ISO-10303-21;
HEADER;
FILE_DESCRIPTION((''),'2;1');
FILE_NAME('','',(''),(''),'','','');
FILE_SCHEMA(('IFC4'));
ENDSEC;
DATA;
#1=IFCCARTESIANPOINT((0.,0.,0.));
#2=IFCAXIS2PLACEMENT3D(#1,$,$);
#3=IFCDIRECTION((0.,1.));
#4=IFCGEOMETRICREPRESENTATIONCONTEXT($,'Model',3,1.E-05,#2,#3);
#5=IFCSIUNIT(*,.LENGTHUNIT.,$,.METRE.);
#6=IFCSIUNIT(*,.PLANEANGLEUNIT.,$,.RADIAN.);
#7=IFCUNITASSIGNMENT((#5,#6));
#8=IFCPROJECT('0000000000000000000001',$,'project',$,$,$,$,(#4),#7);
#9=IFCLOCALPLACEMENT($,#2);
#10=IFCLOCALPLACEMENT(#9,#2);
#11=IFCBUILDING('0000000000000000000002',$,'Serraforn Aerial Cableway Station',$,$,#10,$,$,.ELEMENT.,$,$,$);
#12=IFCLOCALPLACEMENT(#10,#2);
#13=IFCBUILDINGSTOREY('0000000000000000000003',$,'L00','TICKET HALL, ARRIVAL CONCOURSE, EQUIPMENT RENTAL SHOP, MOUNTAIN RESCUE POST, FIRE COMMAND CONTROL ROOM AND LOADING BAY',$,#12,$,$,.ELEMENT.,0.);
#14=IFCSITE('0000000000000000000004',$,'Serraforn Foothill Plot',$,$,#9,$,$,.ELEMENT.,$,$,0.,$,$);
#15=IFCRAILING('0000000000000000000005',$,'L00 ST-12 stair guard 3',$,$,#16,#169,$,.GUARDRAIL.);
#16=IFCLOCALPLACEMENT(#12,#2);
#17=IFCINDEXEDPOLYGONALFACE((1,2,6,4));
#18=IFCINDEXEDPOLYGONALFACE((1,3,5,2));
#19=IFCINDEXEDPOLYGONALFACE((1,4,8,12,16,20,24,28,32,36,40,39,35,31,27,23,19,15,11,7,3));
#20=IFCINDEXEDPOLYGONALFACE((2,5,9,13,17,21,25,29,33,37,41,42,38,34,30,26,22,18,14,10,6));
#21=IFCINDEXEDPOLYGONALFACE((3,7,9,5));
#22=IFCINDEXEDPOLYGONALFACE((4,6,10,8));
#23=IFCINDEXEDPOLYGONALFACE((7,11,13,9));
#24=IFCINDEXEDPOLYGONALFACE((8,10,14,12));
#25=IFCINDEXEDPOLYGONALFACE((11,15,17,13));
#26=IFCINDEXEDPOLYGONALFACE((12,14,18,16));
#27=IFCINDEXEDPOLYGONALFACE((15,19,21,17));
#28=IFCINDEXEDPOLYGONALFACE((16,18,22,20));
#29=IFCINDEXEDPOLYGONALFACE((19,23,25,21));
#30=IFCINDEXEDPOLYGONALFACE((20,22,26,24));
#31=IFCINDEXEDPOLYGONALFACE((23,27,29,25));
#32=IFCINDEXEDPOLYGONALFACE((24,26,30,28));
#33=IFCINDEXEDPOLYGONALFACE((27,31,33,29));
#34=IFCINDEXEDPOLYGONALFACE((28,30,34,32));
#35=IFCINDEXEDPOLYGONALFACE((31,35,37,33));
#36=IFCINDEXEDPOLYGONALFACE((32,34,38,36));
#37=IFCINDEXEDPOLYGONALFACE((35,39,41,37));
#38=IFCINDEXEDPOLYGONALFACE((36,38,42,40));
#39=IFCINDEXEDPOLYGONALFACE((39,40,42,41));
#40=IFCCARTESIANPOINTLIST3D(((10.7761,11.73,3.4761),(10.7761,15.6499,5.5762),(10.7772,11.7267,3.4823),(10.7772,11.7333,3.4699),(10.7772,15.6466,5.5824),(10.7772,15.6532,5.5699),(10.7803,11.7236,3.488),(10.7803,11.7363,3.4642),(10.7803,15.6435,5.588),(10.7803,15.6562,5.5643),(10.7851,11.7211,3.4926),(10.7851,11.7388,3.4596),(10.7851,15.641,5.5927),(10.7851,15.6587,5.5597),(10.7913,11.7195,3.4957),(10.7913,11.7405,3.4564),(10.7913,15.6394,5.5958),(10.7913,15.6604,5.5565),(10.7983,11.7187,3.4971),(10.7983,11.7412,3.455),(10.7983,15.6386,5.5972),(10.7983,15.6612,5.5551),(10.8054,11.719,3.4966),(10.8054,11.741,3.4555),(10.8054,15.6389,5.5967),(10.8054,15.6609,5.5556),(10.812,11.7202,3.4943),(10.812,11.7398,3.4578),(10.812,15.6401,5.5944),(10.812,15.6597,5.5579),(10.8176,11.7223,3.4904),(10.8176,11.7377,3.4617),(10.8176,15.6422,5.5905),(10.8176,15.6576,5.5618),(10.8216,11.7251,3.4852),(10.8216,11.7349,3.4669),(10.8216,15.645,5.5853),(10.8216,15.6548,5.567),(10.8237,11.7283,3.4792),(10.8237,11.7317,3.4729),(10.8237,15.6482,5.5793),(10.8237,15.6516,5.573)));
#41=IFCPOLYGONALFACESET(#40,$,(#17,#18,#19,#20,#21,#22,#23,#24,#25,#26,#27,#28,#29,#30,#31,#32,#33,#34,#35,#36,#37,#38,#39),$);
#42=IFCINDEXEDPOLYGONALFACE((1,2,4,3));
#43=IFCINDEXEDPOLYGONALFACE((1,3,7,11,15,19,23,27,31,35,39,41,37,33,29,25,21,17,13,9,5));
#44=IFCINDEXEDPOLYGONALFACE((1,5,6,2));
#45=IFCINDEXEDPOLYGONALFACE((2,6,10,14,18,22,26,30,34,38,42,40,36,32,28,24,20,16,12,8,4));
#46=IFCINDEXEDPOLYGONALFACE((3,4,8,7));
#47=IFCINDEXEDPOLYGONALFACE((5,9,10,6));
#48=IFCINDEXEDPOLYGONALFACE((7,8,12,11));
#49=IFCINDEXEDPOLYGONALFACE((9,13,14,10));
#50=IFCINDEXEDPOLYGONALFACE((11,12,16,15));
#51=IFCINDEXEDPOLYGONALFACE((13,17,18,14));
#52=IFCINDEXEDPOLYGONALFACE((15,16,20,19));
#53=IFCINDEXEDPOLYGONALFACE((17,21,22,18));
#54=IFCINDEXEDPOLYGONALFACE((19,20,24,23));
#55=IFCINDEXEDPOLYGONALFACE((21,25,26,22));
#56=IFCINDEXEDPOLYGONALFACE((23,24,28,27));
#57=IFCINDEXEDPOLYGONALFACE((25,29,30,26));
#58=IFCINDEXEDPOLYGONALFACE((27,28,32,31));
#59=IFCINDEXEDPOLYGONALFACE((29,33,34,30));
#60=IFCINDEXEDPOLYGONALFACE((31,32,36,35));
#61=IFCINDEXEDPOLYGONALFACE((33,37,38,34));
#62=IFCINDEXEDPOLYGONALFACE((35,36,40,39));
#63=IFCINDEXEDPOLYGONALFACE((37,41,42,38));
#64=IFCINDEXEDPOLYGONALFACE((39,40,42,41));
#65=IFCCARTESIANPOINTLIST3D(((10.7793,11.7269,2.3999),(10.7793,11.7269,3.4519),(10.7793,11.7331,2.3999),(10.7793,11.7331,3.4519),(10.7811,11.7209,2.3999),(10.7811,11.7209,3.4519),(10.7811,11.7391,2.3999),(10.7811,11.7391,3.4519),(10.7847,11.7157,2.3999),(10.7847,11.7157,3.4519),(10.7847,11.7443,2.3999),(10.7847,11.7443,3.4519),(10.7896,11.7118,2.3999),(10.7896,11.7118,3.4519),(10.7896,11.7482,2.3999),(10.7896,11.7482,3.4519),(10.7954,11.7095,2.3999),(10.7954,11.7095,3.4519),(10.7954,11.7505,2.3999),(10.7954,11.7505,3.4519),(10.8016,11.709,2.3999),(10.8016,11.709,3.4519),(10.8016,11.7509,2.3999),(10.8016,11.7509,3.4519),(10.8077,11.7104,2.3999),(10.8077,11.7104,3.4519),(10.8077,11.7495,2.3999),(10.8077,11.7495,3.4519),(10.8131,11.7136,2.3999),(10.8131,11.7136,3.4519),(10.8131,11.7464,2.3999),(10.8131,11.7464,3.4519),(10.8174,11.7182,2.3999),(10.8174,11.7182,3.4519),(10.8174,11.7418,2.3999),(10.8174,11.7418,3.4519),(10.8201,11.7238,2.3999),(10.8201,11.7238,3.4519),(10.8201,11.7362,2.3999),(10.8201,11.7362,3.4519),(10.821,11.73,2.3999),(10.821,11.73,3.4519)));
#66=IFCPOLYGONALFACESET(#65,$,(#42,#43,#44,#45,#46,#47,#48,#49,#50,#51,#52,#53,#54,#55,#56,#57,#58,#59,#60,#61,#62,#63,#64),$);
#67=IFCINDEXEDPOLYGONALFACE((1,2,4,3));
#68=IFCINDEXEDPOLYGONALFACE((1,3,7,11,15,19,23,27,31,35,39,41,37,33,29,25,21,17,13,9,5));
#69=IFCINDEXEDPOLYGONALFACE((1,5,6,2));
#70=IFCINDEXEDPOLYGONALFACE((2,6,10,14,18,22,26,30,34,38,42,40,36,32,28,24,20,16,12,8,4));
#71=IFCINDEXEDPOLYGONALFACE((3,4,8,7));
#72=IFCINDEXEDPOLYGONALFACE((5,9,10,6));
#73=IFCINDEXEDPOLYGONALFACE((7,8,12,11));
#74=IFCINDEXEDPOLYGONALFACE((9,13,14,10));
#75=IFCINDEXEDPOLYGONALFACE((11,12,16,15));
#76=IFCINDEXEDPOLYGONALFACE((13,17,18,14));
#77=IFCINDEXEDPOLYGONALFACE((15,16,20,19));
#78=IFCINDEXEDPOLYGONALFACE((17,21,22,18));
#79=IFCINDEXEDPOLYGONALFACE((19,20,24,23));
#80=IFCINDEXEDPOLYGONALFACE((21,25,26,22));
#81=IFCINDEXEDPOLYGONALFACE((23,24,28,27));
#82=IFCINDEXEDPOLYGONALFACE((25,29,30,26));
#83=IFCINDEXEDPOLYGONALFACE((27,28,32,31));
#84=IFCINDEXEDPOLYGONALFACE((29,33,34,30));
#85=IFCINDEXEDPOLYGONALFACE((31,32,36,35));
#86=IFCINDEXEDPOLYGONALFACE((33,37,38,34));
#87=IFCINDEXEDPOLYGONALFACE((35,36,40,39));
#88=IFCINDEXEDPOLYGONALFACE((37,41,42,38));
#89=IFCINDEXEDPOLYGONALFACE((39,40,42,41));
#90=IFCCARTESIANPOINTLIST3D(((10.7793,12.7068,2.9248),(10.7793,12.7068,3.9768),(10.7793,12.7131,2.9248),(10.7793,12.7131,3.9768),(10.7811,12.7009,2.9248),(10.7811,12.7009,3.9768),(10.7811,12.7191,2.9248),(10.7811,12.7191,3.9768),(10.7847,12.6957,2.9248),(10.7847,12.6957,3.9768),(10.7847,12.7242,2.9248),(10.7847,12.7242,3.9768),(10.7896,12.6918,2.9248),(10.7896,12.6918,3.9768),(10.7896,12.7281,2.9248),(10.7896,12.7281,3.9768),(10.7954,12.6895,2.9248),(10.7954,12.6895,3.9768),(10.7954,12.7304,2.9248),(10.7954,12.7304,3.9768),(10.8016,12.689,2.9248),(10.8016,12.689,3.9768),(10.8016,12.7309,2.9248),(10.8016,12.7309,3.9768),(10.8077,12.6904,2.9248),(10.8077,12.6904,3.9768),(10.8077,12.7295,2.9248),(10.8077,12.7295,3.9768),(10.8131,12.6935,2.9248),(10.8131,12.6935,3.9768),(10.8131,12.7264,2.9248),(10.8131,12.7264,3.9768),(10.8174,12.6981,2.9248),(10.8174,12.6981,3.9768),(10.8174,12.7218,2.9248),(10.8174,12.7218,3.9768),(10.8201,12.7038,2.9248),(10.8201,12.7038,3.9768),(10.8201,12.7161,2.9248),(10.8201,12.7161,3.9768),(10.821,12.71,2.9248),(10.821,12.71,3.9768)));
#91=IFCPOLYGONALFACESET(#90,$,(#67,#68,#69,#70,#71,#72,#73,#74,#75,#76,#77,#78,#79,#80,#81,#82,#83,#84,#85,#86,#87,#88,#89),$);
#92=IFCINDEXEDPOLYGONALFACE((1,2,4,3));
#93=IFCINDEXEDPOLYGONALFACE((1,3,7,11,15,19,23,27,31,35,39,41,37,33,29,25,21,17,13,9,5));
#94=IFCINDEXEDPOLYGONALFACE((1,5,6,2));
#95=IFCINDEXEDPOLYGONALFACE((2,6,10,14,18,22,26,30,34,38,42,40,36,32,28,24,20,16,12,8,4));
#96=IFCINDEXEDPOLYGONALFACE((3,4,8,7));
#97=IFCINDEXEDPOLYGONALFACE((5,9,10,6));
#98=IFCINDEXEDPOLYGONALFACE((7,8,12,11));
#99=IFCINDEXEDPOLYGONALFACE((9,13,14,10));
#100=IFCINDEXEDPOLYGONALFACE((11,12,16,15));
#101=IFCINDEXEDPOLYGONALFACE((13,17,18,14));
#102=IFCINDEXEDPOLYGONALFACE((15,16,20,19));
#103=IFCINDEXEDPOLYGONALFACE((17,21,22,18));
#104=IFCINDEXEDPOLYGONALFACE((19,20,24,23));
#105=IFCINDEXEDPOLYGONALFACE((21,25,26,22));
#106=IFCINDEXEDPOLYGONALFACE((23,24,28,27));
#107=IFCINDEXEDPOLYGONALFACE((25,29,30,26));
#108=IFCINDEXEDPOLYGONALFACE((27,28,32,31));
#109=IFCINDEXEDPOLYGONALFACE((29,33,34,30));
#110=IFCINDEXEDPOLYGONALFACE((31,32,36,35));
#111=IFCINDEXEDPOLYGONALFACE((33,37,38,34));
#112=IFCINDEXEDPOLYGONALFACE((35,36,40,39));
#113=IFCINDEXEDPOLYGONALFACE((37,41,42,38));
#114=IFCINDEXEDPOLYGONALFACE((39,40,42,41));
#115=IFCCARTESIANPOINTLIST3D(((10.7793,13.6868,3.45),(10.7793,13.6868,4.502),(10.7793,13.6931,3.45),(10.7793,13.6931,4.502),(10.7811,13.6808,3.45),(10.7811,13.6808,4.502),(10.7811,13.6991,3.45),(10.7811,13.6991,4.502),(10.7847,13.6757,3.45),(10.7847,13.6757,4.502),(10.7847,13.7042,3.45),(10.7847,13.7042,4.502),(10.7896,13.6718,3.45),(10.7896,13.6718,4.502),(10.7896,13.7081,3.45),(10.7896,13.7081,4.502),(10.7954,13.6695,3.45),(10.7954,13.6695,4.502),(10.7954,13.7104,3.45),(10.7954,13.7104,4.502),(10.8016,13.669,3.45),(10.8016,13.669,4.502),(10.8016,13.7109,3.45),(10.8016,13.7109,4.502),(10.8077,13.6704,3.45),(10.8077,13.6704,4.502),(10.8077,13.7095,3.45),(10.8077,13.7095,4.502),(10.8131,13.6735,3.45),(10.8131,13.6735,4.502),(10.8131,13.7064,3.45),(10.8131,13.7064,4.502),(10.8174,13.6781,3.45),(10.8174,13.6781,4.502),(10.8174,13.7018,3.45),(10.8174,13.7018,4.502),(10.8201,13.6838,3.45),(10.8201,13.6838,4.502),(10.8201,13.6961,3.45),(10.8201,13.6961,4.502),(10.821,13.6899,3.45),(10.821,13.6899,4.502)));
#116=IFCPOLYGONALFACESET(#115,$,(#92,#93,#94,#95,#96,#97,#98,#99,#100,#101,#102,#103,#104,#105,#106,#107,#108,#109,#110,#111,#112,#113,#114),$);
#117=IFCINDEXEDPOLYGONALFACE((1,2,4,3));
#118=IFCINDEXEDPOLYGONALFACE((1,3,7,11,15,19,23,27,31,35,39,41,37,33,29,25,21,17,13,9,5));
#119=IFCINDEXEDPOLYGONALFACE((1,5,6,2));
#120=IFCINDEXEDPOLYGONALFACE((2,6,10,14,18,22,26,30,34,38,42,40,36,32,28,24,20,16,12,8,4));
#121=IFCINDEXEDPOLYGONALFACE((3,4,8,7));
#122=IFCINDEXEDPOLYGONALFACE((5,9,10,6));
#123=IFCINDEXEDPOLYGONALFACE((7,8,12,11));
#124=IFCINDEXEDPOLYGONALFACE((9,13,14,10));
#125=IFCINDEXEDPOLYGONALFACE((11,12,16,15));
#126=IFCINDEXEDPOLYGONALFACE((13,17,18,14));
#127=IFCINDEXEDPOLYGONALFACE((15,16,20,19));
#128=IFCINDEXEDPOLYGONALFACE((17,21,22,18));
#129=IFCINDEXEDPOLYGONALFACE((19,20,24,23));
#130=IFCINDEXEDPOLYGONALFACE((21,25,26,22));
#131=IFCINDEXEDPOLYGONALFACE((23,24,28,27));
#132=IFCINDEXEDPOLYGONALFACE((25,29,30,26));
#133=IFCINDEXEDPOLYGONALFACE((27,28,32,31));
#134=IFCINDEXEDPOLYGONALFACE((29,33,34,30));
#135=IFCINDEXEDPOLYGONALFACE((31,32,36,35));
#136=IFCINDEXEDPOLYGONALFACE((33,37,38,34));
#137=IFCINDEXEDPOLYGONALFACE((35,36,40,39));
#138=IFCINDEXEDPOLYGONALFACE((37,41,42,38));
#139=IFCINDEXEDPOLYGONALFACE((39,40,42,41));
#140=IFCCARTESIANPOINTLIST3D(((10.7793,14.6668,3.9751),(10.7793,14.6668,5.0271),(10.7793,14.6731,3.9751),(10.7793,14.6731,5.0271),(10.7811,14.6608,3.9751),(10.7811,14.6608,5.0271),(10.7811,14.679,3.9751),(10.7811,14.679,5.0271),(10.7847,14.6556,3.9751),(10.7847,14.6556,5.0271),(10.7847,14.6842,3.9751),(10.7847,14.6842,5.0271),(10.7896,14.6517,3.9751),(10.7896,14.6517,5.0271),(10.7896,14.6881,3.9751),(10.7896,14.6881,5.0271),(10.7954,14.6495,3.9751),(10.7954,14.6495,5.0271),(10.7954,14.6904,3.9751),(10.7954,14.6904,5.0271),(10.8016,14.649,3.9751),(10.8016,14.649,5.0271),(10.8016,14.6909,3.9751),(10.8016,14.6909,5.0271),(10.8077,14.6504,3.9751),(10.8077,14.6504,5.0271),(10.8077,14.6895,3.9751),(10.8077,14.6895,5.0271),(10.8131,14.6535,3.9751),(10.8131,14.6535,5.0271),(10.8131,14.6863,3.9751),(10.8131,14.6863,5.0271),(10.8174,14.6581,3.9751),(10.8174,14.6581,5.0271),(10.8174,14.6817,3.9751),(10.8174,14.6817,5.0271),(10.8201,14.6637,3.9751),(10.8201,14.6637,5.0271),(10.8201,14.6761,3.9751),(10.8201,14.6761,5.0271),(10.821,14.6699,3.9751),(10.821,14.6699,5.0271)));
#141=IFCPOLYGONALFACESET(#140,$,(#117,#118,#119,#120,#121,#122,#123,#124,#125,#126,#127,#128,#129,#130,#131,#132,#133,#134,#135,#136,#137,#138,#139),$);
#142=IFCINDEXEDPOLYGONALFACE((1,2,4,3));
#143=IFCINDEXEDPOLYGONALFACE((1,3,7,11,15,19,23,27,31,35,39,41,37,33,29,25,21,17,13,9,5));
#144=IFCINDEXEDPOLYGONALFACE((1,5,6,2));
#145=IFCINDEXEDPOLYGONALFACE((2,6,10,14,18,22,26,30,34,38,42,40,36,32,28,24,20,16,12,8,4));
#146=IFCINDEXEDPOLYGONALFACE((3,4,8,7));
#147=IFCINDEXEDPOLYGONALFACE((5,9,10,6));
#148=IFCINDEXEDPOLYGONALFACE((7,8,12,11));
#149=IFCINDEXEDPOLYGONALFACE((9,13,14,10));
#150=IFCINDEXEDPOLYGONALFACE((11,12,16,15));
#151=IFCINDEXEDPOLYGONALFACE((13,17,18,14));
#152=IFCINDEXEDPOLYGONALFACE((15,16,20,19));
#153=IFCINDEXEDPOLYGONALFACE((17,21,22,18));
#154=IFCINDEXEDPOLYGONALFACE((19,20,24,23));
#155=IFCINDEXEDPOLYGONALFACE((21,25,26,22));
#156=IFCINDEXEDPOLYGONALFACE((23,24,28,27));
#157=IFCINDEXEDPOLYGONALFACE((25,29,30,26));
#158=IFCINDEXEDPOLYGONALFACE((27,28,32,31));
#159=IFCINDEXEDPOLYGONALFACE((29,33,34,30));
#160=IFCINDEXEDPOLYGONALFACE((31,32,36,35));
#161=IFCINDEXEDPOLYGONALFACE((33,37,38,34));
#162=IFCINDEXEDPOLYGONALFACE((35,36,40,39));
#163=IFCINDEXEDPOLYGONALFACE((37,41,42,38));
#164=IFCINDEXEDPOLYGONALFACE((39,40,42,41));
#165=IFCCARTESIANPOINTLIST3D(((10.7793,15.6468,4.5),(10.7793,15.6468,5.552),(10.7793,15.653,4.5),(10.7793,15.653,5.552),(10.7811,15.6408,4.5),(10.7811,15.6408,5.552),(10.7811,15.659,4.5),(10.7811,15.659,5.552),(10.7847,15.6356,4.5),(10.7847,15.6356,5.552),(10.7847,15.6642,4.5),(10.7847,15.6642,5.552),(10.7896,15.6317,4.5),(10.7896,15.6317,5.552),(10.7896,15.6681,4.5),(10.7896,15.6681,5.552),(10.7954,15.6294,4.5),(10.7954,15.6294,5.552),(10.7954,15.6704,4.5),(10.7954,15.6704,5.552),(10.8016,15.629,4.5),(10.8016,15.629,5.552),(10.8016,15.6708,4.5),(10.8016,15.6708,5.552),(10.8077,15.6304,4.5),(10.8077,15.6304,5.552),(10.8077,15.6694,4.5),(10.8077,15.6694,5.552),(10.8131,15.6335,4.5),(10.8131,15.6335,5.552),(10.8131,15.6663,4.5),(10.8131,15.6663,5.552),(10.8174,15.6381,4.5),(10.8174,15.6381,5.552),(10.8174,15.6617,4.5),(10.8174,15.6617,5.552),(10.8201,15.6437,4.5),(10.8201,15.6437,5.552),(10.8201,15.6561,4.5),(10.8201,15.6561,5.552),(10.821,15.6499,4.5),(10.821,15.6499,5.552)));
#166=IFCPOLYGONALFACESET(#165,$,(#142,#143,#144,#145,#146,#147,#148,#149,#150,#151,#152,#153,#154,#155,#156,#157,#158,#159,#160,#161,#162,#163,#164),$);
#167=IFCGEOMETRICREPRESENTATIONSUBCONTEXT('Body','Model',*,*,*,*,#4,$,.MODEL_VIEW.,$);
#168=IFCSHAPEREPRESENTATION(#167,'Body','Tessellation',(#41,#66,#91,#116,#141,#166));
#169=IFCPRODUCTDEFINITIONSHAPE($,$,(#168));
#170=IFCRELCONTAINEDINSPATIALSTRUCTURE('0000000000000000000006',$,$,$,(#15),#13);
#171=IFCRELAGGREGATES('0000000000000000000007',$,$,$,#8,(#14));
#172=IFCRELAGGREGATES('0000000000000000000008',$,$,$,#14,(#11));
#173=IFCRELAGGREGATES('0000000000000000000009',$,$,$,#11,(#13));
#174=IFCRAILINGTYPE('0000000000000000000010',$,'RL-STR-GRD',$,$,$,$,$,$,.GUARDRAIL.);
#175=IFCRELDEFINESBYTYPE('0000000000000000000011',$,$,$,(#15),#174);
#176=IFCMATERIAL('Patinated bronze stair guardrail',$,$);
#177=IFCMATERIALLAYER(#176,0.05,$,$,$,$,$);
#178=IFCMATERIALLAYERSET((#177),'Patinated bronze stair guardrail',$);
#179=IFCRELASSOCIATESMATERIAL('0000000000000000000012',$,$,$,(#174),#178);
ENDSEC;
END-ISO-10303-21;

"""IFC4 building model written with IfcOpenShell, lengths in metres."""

from ifc_helpers import new_model, si_unit, direction, frame, origin, origin_2d, place, context, subcontext, project, spatial, circle, extrude, material, layer, layer_set, type_object, element, save


model = new_model("IFC4")

# Units and contexts
model_context = context("Model", 3, precision=1e-05, world=origin(), true_north=direction((0.0, 1.0)))
body_context = subcontext(model_context, "Body", "Model", "MODEL_VIEW")
ifc_project = project(units=[si_unit("LENGTHUNIT", "METRE"), si_unit("PLANEANGLEUNIT", "RADIAN")], contexts=[model_context])

# Site, building, storey
site_placement = place(None, origin())
site = spatial("IfcSite", under=ifc_project, at=site_placement, Name="Serraforn Foothill Plot", CompositionType="ELEMENT", RefElevation=0.0)
building_placement = place(site_placement, origin())
building = spatial("IfcBuilding", under=site, at=building_placement, Name="Serraforn Aerial Cableway Station", CompositionType="ELEMENT")
storey_placement = place(building_placement, origin())
storey = spatial("IfcBuildingStorey", under=building, at=storey_placement, Name="L00", Description="TICKET HALL, ARRIVAL CONCOURSE, EQUIPMENT RENTAL SHOP, MOUNTAIN RESCUE POST, FIRE COMMAND CONTROL ROOM AND LOADING BAY", CompositionType="ELEMENT", Elevation=0.0)

# Railing
ifc_material_1 = material(Name="Patinated bronze stair guardrail")
ifc_layer_1 = layer(ifc_material_1, 0.05)
ifc_layer_set_1 = layer_set([ifc_layer_1], Name="Patinated bronze stair guardrail")
railing_type_1 = type_object("IfcRailingType", Name="RL-STR-GRD", PredefinedType="GUARDRAIL", material=ifc_layer_set_1)
railing_1_placement = place(storey_placement, frame((10.8, 11.73, 2.3999)))
element("IfcRailing", 1, at=railing_1_placement, inside=storey, type_object=railing_type_1, Name="L00 ST-12 stair guard 3", PredefinedType="GUARDRAIL", context=body_context, shape_type="SweptSolid", body=[
    extrude(circle(Radius=0.0239, at=origin_2d()), frame((0.0, 0.0, 1.0762), z_axis=(0.0, 0.881467, 0.472246), x_axis=(-1.0, 0.0, 0.0)), (0.0, 0.0, 1.0), 4.447),
    extrude(circle(Radius=0.021, at=origin_2d()), origin(), (0.0, 0.0, 1.0), 1.052),
    extrude(circle(Radius=0.021, at=origin_2d()), frame((0.0, 0.98, 0.5249)), (0.0, 0.0, 1.0), 1.052),
    extrude(circle(Radius=0.021, at=origin_2d()), frame((0.0, 1.96, 1.05)), (0.0, 0.0, 1.0), 1.052),
    extrude(circle(Radius=0.021, at=origin_2d()), frame((0.0, 2.9399, 1.5752)), (0.0, 0.0, 1.0), 1.052),
    extrude(circle(Radius=0.021, at=origin_2d()), frame((0.0, 3.9199, 2.1001)), (0.0, 0.0, 1.0), 1.052),
])

save(model, "model.ifc")
